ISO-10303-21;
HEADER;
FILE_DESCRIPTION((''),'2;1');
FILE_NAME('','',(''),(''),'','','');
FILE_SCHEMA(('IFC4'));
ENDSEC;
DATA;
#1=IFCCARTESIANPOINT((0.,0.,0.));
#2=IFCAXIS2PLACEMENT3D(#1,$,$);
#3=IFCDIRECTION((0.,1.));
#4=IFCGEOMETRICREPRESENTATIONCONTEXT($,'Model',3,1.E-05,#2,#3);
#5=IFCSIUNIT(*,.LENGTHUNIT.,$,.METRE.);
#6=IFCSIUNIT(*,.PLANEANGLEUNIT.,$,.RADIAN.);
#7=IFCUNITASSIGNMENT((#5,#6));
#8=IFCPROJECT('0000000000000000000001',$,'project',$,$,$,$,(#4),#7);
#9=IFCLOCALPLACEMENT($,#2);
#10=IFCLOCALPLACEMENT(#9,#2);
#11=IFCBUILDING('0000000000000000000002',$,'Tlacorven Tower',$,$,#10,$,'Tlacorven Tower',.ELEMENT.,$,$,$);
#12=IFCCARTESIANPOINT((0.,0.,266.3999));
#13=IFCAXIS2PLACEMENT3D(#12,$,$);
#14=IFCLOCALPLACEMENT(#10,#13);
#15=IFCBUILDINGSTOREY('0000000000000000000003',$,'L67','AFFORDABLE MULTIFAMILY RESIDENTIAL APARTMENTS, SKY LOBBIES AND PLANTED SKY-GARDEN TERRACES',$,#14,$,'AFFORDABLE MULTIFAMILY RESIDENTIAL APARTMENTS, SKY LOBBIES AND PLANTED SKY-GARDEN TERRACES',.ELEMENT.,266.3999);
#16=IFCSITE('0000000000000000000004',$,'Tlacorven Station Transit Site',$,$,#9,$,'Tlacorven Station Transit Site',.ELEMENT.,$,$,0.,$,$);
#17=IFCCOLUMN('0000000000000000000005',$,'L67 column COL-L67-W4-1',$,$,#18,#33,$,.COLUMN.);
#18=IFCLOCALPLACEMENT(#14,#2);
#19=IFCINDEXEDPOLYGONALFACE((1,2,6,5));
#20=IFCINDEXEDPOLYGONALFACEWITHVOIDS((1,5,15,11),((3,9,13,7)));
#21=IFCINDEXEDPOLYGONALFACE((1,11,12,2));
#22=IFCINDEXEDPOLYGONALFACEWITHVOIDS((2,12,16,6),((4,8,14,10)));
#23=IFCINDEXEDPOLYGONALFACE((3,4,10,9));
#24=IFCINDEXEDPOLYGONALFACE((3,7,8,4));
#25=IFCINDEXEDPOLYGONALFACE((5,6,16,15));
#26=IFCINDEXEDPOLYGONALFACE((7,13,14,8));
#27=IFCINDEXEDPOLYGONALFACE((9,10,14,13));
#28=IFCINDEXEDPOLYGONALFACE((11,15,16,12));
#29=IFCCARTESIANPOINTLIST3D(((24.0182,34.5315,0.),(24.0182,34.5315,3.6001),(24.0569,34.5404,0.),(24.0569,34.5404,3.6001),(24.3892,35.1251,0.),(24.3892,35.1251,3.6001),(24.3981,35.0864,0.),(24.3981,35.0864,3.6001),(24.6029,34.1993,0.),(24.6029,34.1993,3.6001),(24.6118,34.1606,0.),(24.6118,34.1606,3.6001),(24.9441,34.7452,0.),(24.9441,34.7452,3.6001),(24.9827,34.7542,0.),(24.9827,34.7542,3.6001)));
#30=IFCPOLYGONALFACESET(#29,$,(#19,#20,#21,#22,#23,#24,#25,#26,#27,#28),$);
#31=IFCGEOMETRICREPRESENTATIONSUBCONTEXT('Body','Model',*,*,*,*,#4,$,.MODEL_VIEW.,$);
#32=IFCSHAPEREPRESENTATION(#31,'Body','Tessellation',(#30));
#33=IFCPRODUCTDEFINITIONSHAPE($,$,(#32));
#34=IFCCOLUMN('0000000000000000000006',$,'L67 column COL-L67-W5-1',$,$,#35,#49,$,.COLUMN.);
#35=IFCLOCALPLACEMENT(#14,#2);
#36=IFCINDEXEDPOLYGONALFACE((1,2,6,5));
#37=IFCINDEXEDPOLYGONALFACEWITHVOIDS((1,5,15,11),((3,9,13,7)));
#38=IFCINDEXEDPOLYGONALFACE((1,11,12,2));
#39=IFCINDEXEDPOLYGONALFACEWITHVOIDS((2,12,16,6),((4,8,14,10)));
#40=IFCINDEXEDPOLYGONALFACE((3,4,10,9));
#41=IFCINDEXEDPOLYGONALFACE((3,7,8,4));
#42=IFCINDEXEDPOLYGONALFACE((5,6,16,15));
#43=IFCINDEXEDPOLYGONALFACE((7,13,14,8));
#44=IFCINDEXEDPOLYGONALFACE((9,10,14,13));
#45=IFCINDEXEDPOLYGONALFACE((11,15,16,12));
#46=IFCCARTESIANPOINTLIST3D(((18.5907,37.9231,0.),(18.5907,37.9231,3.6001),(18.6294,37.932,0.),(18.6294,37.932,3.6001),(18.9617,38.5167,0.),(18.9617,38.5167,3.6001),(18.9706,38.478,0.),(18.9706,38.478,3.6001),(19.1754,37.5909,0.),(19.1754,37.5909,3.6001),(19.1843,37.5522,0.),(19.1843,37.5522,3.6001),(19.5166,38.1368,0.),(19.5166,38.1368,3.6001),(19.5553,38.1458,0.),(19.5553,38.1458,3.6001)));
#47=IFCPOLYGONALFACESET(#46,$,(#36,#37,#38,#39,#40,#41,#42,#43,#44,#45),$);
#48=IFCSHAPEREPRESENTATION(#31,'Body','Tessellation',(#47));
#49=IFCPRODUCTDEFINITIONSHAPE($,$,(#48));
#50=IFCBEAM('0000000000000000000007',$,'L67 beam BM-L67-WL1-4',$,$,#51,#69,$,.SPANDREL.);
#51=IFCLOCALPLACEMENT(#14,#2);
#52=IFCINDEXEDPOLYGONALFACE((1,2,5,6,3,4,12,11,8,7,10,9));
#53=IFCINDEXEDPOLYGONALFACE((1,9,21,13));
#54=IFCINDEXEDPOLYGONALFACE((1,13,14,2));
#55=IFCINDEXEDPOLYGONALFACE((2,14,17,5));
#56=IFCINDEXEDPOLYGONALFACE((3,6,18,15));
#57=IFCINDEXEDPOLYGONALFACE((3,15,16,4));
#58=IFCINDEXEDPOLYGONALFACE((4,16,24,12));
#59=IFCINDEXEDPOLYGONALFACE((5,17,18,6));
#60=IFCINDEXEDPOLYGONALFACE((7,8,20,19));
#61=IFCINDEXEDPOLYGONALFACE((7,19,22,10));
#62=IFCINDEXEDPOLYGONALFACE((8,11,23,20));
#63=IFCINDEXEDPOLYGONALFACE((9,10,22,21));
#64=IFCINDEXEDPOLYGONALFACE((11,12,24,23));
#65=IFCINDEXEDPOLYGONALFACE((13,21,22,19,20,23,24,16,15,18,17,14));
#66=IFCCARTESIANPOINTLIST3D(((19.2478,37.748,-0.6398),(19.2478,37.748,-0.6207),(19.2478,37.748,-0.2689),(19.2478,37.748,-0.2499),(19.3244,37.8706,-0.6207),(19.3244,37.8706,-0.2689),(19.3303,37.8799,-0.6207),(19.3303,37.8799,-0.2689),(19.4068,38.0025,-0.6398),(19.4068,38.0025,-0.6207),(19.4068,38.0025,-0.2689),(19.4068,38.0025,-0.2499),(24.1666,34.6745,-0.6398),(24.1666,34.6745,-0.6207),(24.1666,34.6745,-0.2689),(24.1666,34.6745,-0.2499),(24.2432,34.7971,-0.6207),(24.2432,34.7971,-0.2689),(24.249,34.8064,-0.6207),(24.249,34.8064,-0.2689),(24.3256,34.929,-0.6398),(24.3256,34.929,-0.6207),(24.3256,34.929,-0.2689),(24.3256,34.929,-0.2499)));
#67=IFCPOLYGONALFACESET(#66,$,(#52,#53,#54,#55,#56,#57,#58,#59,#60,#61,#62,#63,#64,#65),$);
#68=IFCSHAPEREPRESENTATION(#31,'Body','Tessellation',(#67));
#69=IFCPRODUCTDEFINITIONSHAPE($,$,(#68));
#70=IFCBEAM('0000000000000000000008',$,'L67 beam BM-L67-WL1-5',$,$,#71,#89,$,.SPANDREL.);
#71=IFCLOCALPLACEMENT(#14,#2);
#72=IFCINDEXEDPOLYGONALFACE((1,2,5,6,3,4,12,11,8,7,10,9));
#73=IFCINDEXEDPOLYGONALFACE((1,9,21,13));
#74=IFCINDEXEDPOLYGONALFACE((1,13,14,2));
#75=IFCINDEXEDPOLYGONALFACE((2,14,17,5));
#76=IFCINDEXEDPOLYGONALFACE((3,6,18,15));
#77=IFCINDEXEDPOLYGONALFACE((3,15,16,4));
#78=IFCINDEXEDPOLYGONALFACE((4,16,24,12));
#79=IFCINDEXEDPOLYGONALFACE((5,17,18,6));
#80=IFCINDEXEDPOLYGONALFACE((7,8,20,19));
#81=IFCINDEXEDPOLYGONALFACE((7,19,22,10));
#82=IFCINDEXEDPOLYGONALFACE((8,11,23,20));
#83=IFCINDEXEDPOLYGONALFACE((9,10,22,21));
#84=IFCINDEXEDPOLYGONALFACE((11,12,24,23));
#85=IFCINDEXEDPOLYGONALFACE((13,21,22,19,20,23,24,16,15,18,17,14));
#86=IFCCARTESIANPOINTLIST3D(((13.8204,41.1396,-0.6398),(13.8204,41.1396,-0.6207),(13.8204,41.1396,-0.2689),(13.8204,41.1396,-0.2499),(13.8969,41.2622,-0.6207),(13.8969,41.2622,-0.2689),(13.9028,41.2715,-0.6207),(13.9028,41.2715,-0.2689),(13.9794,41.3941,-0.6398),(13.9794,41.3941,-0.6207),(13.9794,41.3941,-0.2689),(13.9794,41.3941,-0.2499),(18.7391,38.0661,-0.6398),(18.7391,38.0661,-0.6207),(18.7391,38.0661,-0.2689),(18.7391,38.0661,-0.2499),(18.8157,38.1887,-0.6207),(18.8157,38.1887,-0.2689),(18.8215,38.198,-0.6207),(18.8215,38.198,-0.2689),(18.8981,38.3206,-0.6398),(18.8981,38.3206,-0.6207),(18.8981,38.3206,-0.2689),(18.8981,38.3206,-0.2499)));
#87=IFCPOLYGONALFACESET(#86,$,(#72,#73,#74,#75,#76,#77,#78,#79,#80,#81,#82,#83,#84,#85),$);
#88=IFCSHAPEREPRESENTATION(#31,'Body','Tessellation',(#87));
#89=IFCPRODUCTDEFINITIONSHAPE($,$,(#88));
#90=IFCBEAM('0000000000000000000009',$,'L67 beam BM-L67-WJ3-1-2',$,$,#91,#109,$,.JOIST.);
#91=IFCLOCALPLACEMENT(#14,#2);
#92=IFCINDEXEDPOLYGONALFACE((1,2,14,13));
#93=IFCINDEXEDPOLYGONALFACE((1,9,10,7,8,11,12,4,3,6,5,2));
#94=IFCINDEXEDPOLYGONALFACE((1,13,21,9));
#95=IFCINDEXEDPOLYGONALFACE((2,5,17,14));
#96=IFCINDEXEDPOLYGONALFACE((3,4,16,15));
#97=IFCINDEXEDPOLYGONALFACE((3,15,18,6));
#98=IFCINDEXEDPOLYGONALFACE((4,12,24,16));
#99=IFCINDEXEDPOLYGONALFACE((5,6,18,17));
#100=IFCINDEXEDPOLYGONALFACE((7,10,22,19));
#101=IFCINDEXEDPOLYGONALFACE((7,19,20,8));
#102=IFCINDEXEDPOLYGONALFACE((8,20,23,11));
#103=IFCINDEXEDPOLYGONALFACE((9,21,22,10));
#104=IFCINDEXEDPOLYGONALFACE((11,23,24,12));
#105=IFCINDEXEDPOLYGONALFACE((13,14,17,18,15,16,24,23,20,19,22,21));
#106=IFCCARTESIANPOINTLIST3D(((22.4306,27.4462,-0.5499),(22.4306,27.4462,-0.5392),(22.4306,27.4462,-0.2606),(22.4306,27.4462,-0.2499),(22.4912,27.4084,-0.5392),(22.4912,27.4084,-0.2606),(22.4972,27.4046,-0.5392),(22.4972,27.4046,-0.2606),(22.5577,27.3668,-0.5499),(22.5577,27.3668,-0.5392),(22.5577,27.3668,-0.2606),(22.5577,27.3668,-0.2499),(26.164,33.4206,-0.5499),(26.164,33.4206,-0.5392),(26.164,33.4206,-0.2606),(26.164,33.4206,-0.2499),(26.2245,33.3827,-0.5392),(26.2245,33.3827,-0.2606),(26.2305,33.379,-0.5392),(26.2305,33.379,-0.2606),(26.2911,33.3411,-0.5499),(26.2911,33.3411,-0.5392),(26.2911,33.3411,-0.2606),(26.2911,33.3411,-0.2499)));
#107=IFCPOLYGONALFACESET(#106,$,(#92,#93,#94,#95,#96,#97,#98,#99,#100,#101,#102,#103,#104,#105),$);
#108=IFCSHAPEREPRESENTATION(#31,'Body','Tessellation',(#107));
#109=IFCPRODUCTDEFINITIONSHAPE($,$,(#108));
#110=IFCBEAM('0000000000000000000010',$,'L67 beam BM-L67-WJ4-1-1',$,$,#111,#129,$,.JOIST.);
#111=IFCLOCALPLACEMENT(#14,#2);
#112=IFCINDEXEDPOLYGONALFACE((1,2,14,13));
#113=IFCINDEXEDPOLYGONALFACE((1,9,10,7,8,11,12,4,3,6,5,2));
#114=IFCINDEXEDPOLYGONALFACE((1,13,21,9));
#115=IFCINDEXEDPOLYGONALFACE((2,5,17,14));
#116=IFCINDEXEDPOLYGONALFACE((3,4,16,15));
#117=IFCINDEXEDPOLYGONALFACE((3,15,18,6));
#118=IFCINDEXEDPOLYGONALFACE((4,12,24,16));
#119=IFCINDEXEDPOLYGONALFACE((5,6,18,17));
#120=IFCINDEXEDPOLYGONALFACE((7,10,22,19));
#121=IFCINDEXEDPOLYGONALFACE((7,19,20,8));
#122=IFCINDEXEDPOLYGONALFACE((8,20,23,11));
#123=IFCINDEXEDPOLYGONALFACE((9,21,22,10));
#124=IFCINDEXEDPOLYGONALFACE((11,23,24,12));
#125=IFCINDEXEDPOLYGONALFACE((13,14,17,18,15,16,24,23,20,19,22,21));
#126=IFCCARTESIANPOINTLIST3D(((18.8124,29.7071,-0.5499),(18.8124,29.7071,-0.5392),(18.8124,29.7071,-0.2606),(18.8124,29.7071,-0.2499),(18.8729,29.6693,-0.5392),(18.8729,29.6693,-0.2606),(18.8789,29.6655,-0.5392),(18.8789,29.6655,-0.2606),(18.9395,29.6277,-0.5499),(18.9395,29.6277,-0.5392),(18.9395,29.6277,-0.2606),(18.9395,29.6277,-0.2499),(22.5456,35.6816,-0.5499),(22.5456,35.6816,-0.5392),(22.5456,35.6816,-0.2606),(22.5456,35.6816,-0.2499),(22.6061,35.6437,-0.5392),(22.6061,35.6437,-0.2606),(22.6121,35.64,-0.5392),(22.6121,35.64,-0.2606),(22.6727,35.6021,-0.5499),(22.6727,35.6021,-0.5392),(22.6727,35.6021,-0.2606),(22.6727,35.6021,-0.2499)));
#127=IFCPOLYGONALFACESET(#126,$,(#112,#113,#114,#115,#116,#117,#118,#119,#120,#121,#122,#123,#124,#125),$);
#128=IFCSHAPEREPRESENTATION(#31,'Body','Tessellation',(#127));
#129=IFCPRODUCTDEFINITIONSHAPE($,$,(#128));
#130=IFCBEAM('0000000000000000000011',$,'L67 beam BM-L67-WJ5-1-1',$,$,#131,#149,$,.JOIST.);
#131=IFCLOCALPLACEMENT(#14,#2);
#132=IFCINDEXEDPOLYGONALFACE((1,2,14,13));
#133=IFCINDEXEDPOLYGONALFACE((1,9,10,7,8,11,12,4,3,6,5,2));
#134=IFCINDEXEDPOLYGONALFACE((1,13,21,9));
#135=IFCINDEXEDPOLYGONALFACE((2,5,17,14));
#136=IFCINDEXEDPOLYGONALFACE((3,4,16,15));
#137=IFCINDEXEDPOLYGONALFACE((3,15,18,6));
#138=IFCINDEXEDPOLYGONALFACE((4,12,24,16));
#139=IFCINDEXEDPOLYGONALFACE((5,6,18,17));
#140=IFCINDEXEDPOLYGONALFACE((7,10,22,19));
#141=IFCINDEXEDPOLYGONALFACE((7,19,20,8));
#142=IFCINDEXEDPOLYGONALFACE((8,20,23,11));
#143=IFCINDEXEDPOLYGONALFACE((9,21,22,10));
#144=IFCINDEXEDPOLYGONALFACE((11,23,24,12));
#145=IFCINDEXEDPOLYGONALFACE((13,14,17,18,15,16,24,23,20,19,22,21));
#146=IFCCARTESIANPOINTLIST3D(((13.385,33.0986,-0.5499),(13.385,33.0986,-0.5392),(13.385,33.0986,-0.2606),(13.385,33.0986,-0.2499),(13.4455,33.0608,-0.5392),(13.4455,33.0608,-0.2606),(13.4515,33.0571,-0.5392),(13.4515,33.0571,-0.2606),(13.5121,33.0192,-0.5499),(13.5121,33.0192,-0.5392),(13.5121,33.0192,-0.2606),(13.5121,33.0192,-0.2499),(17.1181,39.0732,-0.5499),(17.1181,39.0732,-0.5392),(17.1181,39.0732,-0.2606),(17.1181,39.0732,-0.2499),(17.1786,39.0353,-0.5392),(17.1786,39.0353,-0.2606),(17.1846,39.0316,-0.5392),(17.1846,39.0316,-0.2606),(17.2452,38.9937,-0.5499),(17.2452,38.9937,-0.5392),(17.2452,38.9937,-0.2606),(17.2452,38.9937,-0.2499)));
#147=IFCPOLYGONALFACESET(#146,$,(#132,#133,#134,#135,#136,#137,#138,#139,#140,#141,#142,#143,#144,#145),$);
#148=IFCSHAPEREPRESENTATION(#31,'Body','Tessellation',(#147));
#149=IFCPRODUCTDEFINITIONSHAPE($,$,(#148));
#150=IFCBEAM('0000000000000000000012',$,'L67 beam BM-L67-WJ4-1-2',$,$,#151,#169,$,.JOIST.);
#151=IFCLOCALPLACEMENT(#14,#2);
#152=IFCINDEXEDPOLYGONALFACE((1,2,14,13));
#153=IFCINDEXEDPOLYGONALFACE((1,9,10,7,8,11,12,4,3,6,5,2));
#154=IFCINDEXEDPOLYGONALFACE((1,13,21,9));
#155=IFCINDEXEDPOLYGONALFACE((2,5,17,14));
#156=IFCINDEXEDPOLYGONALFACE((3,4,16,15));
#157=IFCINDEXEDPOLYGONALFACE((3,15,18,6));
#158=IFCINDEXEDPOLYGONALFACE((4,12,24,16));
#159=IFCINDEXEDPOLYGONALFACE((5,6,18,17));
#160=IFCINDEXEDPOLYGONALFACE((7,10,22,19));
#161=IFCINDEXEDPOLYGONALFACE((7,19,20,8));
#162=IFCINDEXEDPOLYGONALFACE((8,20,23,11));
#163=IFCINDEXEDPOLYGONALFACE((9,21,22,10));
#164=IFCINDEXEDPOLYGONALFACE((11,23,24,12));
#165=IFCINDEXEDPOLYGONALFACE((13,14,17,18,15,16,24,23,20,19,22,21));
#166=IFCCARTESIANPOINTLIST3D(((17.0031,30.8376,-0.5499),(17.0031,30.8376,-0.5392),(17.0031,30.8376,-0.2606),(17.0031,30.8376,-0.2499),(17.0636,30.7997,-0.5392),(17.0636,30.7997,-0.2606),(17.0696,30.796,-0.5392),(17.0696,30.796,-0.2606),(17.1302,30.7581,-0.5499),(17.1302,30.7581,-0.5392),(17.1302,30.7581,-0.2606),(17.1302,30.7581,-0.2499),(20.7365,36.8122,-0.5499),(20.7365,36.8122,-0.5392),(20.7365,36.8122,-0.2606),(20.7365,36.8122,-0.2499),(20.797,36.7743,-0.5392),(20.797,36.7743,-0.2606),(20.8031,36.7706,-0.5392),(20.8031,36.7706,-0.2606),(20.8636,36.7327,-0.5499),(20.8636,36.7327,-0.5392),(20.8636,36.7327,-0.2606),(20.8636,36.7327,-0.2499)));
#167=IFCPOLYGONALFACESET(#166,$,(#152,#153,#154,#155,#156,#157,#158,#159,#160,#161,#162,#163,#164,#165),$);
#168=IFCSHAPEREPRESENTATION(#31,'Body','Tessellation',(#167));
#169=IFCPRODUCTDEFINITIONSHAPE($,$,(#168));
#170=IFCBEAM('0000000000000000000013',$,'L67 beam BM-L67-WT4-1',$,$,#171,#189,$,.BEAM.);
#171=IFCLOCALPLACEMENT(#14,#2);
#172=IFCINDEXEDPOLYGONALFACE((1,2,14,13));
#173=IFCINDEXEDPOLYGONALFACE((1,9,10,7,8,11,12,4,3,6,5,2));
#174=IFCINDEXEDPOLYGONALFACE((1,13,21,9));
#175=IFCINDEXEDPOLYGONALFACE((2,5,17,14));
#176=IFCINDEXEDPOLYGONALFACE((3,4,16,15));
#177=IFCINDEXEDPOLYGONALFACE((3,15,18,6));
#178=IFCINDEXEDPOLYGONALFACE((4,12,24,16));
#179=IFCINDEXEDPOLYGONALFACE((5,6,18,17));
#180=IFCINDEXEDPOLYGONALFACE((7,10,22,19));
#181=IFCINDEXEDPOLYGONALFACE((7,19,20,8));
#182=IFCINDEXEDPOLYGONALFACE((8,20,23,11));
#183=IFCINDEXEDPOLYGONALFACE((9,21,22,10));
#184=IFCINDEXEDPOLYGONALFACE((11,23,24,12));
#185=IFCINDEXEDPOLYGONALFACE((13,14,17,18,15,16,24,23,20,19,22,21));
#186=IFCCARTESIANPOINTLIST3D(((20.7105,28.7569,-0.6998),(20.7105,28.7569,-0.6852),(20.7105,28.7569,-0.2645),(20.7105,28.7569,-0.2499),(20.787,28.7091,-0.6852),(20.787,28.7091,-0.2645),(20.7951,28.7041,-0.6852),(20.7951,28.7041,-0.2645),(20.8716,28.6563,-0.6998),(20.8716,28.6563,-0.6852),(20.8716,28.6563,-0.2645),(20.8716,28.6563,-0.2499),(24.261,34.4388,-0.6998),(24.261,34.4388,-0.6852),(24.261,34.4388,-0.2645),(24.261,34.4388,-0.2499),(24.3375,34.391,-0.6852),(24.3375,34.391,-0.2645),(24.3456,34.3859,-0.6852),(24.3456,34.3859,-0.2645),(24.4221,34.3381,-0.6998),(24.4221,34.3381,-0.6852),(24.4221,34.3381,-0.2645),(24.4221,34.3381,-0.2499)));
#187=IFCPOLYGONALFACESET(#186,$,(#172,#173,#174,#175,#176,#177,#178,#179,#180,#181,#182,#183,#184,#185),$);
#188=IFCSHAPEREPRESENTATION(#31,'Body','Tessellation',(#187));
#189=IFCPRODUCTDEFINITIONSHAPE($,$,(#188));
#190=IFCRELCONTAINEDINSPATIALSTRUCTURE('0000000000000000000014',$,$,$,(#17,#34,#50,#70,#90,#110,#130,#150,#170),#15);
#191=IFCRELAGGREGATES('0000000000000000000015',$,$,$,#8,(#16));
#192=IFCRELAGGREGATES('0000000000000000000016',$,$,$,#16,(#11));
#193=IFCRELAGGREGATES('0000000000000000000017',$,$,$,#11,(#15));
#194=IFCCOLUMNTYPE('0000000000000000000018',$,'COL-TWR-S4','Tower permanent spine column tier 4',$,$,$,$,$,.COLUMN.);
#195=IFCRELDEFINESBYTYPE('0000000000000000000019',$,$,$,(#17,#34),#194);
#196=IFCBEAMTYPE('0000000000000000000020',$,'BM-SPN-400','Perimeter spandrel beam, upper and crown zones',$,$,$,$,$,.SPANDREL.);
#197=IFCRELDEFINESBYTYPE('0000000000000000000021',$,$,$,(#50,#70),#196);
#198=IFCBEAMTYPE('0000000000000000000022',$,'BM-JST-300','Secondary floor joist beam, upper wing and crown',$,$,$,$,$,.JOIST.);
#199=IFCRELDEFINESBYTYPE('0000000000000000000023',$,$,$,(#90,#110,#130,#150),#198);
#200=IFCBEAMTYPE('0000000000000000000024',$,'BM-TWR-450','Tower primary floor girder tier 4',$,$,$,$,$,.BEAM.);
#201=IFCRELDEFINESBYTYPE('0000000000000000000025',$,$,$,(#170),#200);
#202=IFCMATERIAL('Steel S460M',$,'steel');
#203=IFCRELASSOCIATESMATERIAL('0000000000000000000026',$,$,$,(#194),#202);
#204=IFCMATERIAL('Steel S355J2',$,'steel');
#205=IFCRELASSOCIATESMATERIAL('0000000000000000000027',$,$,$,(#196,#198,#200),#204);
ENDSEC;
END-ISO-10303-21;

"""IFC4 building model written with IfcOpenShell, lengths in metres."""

from ifc_helpers import new_model, si_unit, direction, frame, origin, origin_2d, place, context, subcontext, project, spatial, hollow_rectangle, i_section, extrude, source, transform, mapped, material, material_profile, profile_set, type_object, element, save


model = new_model("IFC4")

# Units and contexts
model_context = context("Model", 3, precision=1e-05, world=origin(), true_north=direction((0.0, 1.0)))
body_context = subcontext(model_context, "Body", "Model", "MODEL_VIEW")
ifc_project = project(units=[si_unit("LENGTHUNIT", "METRE"), si_unit("PLANEANGLEUNIT", "RADIAN")], contexts=[model_context])

# Site, building, storey
site_placement = place(None, origin())
site = spatial("IfcSite", under=ifc_project, at=site_placement, Name="Tlacorven Station Transit Site", LongName="Tlacorven Station Transit Site", CompositionType="ELEMENT", RefElevation=0.0)
building_placement = place(site_placement, origin())
building = spatial("IfcBuilding", under=site, at=building_placement, Name="Tlacorven Tower", LongName="Tlacorven Tower", CompositionType="ELEMENT")
storey_placement = place(building_placement, frame((0.0, 0.0, 266.3999)))
storey = spatial("IfcBuildingStorey", under=building, at=storey_placement, Name="L67", Description="AFFORDABLE MULTIFAMILY RESIDENTIAL APARTMENTS, SKY LOBBIES AND PLANTED SKY-GARDEN TERRACES", LongName="AFFORDABLE MULTIFAMILY RESIDENTIAL APARTMENTS, SKY LOBBIES AND PLANTED SKY-GARDEN TERRACES", CompositionType="ELEMENT", Elevation=266.3999)

# Columns
ifc_material_1 = material(Name="Steel S460M", Category="steel")
ifc_material_profile_1 = material_profile(ifc_material_1, hollow_rectangle(XDim=0.7, YDim=0.7, WallThickness=0.0281, at=origin_2d()), Name="BOX 700X700X28")
ifc_profile_set_1 = profile_set([ifc_material_profile_1], Name="Steel S460M")
column_type = type_object("IfcColumnType", Name="COL-TWR-S4", Description="Tower permanent spine column tier 4", PredefinedType="COLUMN", material=ifc_profile_set_1)
shared_shape_1 = source(origin(), body_context, "Body", "SweptSolid", [
    extrude(hollow_rectangle(XDim=0.7, YDim=0.7, WallThickness=0.0281, at=origin_2d()), origin(), (0.0, 0.0, 1.0), 3.6001),
])
for number, where, z_axis, x_axis, name in (
    (1, (24.5005, 34.6428, 0.0), (0.0, 0.0, 1.0), (-0.848048, 0.529919, 0.0), "L67 column COL-L67-W4-1"),
    (2, (19.073, 38.0344, 0.0), (0.0, 0.0, 1.0), (-0.848048, 0.529919, 0.0), "L67 column COL-L67-W5-1"),
):
    element("IfcColumn", number, at=place(storey_placement, frame(where, z_axis=z_axis, x_axis=x_axis)), inside=storey, type_object=column_type, Name=name, PredefinedType="COLUMN", context=body_context, shape_type="MappedRepresentation", body=[
        mapped(shared_shape_1, transform((0.0, 0.0, 0.0), scale=1.0)),
    ])

# Beams
ifc_material_2 = material(Name="Steel S355J2", Category="steel")
ifc_material_profile_2 = material_profile(ifc_material_2, i_section(OverallWidth=0.3, OverallDepth=0.3899, WebThickness=0.011, FlangeThickness=0.019, at=origin_2d()), Name="HEA 400")
ifc_profile_set_2 = profile_set([ifc_material_profile_2], Name="Steel S355J2")
beam_type_1 = type_object("IfcBeamType", Name="BM-SPN-400", Description="Perimeter spandrel beam, upper and crown zones", PredefinedType="SPANDREL", material=ifc_profile_set_2)
shared_shape_2 = source(origin(), body_context, "Body", "SweptSolid", [
    extrude(i_section(OverallWidth=0.3, OverallDepth=0.3899, WebThickness=0.011, FlangeThickness=0.019, at=origin_2d()), origin(), (0.0, 0.0, 1.0), 5.8),
])
for number, where, z_axis, x_axis, name in (
    (3, (24.2461, 34.8018, -0.4448), (-0.848053, 0.529912, 0.0), (-0.529912, -0.848053, 0.0), "L67 beam BM-L67-WL1-4"),
    (4, (18.8186, 38.1934, -0.4448), (-0.848053, 0.529912, 0.0), (-0.529912, -0.848053, 0.0), "L67 beam BM-L67-WL1-5"),
):
    element("IfcBeam", number, at=place(storey_placement, frame(where, z_axis=z_axis, x_axis=x_axis)), inside=storey, type_object=beam_type_1, Name=name, PredefinedType="SPANDREL", context=body_context, shape_type="MappedRepresentation", body=[
        mapped(shared_shape_2, transform((0.0, 0.0, 0.0), scale=1.0)),
    ])
ifc_material_profile_3 = material_profile(ifc_material_2, i_section(OverallWidth=0.1499, OverallDepth=0.3, WebThickness=0.0071, FlangeThickness=0.0107, at=origin_2d()), Name="IPE 300")
ifc_profile_set_3 = profile_set([ifc_material_profile_3], Name="Steel S355J2")
beam_type_2 = type_object("IfcBeamType", Name="BM-JST-300", Description="Secondary floor joist beam, upper wing and crown", PredefinedType="JOIST", material=ifc_profile_set_3)
shared_shape_3 = source(origin(), body_context, "Body", "SweptSolid", [
    extrude(i_section(OverallWidth=0.1499, OverallDepth=0.3, WebThickness=0.0071, FlangeThickness=0.0107, at=origin_2d()), origin(), (0.0, 0.0, 1.0), 7.0449),
])
for number, where, z_axis, x_axis, name in (
    (5, (26.2275, 33.3809, -0.3999), (-0.52994, -0.848035, 0.0), (0.848035, -0.52994, 0.0), "L67 beam BM-L67-WJ3-1-2"),
    (6, (22.6091, 35.6418, -0.3999), (-0.529915, -0.848051, 0.0), (0.848051, -0.529915, 0.0), "L67 beam BM-L67-WJ4-1-1"),
    (7, (17.1816, 39.0334, -0.3999), (-0.529899, -0.848061, 0.0), (0.848061, -0.529899, 0.0), "L67 beam BM-L67-WJ5-1-1"),
):
    element("IfcBeam", number, at=place(storey_placement, frame(where, z_axis=z_axis, x_axis=x_axis)), inside=storey, type_object=beam_type_2, Name=name, PredefinedType="JOIST", context=body_context, shape_type="MappedRepresentation", body=[
        mapped(shared_shape_3, transform((0.0, 0.0, 0.0), scale=1.0)),
    ])
shared_shape_4 = source(origin(), body_context, "Body", "SweptSolid", [
    extrude(i_section(OverallWidth=0.1499, OverallDepth=0.3, WebThickness=0.0071, FlangeThickness=0.0107, at=origin_2d()), origin(), (0.0, 0.0, 1.0), 7.0452),
])
beam_1_placement = place(storey_placement, frame((20.8, 36.7725, -0.3999), z_axis=(-0.529924, -0.848045, 0.0), x_axis=(0.848045, -0.529924, 0.0)))
element("IfcBeam", 8, at=beam_1_placement, inside=storey, type_object=beam_type_2, Name="L67 beam BM-L67-WJ4-1-2", PredefinedType="JOIST", context=body_context, shape_type="MappedRepresentation", body=[
    mapped(shared_shape_4, transform((0.0, 0.0, 0.0), scale=1.0)),
])
ifc_material_profile_4 = material_profile(ifc_material_2, i_section(OverallWidth=0.1899, OverallDepth=0.45, WebThickness=0.0095, FlangeThickness=0.0146, at=origin_2d()), Name="IPE 450")
ifc_profile_set_4 = profile_set([ifc_material_profile_4], Name="Steel S355J2")
beam_type_3 = type_object("IfcBeamType", Name="BM-TWR-450", Description="Tower primary floor girder tier 4", PredefinedType="BEAM", material=ifc_profile_set_4)
shared_shape_5 = source(origin(), body_context, "Body", "SweptSolid", [
    extrude(i_section(OverallWidth=0.1899, OverallDepth=0.45, WebThickness=0.0095, FlangeThickness=0.0146, at=origin_2d()), origin(), (0.0, 0.0, 1.0), 6.7),
])
beam_2_placement = place(storey_placement, frame((24.3416, 34.3884, -0.4749), z_axis=(-0.52993, -0.848041, 0.0), x_axis=(0.848041, -0.52993, 0.0)))
element("IfcBeam", 9, at=beam_2_placement, inside=storey, type_object=beam_type_3, Name="L67 beam BM-L67-WT4-1", PredefinedType="BEAM", context=body_context, shape_type="MappedRepresentation", body=[
    mapped(shared_shape_5, transform((0.0, 0.0, 0.0), scale=1.0)),
])

save(model, "model.ifc")
